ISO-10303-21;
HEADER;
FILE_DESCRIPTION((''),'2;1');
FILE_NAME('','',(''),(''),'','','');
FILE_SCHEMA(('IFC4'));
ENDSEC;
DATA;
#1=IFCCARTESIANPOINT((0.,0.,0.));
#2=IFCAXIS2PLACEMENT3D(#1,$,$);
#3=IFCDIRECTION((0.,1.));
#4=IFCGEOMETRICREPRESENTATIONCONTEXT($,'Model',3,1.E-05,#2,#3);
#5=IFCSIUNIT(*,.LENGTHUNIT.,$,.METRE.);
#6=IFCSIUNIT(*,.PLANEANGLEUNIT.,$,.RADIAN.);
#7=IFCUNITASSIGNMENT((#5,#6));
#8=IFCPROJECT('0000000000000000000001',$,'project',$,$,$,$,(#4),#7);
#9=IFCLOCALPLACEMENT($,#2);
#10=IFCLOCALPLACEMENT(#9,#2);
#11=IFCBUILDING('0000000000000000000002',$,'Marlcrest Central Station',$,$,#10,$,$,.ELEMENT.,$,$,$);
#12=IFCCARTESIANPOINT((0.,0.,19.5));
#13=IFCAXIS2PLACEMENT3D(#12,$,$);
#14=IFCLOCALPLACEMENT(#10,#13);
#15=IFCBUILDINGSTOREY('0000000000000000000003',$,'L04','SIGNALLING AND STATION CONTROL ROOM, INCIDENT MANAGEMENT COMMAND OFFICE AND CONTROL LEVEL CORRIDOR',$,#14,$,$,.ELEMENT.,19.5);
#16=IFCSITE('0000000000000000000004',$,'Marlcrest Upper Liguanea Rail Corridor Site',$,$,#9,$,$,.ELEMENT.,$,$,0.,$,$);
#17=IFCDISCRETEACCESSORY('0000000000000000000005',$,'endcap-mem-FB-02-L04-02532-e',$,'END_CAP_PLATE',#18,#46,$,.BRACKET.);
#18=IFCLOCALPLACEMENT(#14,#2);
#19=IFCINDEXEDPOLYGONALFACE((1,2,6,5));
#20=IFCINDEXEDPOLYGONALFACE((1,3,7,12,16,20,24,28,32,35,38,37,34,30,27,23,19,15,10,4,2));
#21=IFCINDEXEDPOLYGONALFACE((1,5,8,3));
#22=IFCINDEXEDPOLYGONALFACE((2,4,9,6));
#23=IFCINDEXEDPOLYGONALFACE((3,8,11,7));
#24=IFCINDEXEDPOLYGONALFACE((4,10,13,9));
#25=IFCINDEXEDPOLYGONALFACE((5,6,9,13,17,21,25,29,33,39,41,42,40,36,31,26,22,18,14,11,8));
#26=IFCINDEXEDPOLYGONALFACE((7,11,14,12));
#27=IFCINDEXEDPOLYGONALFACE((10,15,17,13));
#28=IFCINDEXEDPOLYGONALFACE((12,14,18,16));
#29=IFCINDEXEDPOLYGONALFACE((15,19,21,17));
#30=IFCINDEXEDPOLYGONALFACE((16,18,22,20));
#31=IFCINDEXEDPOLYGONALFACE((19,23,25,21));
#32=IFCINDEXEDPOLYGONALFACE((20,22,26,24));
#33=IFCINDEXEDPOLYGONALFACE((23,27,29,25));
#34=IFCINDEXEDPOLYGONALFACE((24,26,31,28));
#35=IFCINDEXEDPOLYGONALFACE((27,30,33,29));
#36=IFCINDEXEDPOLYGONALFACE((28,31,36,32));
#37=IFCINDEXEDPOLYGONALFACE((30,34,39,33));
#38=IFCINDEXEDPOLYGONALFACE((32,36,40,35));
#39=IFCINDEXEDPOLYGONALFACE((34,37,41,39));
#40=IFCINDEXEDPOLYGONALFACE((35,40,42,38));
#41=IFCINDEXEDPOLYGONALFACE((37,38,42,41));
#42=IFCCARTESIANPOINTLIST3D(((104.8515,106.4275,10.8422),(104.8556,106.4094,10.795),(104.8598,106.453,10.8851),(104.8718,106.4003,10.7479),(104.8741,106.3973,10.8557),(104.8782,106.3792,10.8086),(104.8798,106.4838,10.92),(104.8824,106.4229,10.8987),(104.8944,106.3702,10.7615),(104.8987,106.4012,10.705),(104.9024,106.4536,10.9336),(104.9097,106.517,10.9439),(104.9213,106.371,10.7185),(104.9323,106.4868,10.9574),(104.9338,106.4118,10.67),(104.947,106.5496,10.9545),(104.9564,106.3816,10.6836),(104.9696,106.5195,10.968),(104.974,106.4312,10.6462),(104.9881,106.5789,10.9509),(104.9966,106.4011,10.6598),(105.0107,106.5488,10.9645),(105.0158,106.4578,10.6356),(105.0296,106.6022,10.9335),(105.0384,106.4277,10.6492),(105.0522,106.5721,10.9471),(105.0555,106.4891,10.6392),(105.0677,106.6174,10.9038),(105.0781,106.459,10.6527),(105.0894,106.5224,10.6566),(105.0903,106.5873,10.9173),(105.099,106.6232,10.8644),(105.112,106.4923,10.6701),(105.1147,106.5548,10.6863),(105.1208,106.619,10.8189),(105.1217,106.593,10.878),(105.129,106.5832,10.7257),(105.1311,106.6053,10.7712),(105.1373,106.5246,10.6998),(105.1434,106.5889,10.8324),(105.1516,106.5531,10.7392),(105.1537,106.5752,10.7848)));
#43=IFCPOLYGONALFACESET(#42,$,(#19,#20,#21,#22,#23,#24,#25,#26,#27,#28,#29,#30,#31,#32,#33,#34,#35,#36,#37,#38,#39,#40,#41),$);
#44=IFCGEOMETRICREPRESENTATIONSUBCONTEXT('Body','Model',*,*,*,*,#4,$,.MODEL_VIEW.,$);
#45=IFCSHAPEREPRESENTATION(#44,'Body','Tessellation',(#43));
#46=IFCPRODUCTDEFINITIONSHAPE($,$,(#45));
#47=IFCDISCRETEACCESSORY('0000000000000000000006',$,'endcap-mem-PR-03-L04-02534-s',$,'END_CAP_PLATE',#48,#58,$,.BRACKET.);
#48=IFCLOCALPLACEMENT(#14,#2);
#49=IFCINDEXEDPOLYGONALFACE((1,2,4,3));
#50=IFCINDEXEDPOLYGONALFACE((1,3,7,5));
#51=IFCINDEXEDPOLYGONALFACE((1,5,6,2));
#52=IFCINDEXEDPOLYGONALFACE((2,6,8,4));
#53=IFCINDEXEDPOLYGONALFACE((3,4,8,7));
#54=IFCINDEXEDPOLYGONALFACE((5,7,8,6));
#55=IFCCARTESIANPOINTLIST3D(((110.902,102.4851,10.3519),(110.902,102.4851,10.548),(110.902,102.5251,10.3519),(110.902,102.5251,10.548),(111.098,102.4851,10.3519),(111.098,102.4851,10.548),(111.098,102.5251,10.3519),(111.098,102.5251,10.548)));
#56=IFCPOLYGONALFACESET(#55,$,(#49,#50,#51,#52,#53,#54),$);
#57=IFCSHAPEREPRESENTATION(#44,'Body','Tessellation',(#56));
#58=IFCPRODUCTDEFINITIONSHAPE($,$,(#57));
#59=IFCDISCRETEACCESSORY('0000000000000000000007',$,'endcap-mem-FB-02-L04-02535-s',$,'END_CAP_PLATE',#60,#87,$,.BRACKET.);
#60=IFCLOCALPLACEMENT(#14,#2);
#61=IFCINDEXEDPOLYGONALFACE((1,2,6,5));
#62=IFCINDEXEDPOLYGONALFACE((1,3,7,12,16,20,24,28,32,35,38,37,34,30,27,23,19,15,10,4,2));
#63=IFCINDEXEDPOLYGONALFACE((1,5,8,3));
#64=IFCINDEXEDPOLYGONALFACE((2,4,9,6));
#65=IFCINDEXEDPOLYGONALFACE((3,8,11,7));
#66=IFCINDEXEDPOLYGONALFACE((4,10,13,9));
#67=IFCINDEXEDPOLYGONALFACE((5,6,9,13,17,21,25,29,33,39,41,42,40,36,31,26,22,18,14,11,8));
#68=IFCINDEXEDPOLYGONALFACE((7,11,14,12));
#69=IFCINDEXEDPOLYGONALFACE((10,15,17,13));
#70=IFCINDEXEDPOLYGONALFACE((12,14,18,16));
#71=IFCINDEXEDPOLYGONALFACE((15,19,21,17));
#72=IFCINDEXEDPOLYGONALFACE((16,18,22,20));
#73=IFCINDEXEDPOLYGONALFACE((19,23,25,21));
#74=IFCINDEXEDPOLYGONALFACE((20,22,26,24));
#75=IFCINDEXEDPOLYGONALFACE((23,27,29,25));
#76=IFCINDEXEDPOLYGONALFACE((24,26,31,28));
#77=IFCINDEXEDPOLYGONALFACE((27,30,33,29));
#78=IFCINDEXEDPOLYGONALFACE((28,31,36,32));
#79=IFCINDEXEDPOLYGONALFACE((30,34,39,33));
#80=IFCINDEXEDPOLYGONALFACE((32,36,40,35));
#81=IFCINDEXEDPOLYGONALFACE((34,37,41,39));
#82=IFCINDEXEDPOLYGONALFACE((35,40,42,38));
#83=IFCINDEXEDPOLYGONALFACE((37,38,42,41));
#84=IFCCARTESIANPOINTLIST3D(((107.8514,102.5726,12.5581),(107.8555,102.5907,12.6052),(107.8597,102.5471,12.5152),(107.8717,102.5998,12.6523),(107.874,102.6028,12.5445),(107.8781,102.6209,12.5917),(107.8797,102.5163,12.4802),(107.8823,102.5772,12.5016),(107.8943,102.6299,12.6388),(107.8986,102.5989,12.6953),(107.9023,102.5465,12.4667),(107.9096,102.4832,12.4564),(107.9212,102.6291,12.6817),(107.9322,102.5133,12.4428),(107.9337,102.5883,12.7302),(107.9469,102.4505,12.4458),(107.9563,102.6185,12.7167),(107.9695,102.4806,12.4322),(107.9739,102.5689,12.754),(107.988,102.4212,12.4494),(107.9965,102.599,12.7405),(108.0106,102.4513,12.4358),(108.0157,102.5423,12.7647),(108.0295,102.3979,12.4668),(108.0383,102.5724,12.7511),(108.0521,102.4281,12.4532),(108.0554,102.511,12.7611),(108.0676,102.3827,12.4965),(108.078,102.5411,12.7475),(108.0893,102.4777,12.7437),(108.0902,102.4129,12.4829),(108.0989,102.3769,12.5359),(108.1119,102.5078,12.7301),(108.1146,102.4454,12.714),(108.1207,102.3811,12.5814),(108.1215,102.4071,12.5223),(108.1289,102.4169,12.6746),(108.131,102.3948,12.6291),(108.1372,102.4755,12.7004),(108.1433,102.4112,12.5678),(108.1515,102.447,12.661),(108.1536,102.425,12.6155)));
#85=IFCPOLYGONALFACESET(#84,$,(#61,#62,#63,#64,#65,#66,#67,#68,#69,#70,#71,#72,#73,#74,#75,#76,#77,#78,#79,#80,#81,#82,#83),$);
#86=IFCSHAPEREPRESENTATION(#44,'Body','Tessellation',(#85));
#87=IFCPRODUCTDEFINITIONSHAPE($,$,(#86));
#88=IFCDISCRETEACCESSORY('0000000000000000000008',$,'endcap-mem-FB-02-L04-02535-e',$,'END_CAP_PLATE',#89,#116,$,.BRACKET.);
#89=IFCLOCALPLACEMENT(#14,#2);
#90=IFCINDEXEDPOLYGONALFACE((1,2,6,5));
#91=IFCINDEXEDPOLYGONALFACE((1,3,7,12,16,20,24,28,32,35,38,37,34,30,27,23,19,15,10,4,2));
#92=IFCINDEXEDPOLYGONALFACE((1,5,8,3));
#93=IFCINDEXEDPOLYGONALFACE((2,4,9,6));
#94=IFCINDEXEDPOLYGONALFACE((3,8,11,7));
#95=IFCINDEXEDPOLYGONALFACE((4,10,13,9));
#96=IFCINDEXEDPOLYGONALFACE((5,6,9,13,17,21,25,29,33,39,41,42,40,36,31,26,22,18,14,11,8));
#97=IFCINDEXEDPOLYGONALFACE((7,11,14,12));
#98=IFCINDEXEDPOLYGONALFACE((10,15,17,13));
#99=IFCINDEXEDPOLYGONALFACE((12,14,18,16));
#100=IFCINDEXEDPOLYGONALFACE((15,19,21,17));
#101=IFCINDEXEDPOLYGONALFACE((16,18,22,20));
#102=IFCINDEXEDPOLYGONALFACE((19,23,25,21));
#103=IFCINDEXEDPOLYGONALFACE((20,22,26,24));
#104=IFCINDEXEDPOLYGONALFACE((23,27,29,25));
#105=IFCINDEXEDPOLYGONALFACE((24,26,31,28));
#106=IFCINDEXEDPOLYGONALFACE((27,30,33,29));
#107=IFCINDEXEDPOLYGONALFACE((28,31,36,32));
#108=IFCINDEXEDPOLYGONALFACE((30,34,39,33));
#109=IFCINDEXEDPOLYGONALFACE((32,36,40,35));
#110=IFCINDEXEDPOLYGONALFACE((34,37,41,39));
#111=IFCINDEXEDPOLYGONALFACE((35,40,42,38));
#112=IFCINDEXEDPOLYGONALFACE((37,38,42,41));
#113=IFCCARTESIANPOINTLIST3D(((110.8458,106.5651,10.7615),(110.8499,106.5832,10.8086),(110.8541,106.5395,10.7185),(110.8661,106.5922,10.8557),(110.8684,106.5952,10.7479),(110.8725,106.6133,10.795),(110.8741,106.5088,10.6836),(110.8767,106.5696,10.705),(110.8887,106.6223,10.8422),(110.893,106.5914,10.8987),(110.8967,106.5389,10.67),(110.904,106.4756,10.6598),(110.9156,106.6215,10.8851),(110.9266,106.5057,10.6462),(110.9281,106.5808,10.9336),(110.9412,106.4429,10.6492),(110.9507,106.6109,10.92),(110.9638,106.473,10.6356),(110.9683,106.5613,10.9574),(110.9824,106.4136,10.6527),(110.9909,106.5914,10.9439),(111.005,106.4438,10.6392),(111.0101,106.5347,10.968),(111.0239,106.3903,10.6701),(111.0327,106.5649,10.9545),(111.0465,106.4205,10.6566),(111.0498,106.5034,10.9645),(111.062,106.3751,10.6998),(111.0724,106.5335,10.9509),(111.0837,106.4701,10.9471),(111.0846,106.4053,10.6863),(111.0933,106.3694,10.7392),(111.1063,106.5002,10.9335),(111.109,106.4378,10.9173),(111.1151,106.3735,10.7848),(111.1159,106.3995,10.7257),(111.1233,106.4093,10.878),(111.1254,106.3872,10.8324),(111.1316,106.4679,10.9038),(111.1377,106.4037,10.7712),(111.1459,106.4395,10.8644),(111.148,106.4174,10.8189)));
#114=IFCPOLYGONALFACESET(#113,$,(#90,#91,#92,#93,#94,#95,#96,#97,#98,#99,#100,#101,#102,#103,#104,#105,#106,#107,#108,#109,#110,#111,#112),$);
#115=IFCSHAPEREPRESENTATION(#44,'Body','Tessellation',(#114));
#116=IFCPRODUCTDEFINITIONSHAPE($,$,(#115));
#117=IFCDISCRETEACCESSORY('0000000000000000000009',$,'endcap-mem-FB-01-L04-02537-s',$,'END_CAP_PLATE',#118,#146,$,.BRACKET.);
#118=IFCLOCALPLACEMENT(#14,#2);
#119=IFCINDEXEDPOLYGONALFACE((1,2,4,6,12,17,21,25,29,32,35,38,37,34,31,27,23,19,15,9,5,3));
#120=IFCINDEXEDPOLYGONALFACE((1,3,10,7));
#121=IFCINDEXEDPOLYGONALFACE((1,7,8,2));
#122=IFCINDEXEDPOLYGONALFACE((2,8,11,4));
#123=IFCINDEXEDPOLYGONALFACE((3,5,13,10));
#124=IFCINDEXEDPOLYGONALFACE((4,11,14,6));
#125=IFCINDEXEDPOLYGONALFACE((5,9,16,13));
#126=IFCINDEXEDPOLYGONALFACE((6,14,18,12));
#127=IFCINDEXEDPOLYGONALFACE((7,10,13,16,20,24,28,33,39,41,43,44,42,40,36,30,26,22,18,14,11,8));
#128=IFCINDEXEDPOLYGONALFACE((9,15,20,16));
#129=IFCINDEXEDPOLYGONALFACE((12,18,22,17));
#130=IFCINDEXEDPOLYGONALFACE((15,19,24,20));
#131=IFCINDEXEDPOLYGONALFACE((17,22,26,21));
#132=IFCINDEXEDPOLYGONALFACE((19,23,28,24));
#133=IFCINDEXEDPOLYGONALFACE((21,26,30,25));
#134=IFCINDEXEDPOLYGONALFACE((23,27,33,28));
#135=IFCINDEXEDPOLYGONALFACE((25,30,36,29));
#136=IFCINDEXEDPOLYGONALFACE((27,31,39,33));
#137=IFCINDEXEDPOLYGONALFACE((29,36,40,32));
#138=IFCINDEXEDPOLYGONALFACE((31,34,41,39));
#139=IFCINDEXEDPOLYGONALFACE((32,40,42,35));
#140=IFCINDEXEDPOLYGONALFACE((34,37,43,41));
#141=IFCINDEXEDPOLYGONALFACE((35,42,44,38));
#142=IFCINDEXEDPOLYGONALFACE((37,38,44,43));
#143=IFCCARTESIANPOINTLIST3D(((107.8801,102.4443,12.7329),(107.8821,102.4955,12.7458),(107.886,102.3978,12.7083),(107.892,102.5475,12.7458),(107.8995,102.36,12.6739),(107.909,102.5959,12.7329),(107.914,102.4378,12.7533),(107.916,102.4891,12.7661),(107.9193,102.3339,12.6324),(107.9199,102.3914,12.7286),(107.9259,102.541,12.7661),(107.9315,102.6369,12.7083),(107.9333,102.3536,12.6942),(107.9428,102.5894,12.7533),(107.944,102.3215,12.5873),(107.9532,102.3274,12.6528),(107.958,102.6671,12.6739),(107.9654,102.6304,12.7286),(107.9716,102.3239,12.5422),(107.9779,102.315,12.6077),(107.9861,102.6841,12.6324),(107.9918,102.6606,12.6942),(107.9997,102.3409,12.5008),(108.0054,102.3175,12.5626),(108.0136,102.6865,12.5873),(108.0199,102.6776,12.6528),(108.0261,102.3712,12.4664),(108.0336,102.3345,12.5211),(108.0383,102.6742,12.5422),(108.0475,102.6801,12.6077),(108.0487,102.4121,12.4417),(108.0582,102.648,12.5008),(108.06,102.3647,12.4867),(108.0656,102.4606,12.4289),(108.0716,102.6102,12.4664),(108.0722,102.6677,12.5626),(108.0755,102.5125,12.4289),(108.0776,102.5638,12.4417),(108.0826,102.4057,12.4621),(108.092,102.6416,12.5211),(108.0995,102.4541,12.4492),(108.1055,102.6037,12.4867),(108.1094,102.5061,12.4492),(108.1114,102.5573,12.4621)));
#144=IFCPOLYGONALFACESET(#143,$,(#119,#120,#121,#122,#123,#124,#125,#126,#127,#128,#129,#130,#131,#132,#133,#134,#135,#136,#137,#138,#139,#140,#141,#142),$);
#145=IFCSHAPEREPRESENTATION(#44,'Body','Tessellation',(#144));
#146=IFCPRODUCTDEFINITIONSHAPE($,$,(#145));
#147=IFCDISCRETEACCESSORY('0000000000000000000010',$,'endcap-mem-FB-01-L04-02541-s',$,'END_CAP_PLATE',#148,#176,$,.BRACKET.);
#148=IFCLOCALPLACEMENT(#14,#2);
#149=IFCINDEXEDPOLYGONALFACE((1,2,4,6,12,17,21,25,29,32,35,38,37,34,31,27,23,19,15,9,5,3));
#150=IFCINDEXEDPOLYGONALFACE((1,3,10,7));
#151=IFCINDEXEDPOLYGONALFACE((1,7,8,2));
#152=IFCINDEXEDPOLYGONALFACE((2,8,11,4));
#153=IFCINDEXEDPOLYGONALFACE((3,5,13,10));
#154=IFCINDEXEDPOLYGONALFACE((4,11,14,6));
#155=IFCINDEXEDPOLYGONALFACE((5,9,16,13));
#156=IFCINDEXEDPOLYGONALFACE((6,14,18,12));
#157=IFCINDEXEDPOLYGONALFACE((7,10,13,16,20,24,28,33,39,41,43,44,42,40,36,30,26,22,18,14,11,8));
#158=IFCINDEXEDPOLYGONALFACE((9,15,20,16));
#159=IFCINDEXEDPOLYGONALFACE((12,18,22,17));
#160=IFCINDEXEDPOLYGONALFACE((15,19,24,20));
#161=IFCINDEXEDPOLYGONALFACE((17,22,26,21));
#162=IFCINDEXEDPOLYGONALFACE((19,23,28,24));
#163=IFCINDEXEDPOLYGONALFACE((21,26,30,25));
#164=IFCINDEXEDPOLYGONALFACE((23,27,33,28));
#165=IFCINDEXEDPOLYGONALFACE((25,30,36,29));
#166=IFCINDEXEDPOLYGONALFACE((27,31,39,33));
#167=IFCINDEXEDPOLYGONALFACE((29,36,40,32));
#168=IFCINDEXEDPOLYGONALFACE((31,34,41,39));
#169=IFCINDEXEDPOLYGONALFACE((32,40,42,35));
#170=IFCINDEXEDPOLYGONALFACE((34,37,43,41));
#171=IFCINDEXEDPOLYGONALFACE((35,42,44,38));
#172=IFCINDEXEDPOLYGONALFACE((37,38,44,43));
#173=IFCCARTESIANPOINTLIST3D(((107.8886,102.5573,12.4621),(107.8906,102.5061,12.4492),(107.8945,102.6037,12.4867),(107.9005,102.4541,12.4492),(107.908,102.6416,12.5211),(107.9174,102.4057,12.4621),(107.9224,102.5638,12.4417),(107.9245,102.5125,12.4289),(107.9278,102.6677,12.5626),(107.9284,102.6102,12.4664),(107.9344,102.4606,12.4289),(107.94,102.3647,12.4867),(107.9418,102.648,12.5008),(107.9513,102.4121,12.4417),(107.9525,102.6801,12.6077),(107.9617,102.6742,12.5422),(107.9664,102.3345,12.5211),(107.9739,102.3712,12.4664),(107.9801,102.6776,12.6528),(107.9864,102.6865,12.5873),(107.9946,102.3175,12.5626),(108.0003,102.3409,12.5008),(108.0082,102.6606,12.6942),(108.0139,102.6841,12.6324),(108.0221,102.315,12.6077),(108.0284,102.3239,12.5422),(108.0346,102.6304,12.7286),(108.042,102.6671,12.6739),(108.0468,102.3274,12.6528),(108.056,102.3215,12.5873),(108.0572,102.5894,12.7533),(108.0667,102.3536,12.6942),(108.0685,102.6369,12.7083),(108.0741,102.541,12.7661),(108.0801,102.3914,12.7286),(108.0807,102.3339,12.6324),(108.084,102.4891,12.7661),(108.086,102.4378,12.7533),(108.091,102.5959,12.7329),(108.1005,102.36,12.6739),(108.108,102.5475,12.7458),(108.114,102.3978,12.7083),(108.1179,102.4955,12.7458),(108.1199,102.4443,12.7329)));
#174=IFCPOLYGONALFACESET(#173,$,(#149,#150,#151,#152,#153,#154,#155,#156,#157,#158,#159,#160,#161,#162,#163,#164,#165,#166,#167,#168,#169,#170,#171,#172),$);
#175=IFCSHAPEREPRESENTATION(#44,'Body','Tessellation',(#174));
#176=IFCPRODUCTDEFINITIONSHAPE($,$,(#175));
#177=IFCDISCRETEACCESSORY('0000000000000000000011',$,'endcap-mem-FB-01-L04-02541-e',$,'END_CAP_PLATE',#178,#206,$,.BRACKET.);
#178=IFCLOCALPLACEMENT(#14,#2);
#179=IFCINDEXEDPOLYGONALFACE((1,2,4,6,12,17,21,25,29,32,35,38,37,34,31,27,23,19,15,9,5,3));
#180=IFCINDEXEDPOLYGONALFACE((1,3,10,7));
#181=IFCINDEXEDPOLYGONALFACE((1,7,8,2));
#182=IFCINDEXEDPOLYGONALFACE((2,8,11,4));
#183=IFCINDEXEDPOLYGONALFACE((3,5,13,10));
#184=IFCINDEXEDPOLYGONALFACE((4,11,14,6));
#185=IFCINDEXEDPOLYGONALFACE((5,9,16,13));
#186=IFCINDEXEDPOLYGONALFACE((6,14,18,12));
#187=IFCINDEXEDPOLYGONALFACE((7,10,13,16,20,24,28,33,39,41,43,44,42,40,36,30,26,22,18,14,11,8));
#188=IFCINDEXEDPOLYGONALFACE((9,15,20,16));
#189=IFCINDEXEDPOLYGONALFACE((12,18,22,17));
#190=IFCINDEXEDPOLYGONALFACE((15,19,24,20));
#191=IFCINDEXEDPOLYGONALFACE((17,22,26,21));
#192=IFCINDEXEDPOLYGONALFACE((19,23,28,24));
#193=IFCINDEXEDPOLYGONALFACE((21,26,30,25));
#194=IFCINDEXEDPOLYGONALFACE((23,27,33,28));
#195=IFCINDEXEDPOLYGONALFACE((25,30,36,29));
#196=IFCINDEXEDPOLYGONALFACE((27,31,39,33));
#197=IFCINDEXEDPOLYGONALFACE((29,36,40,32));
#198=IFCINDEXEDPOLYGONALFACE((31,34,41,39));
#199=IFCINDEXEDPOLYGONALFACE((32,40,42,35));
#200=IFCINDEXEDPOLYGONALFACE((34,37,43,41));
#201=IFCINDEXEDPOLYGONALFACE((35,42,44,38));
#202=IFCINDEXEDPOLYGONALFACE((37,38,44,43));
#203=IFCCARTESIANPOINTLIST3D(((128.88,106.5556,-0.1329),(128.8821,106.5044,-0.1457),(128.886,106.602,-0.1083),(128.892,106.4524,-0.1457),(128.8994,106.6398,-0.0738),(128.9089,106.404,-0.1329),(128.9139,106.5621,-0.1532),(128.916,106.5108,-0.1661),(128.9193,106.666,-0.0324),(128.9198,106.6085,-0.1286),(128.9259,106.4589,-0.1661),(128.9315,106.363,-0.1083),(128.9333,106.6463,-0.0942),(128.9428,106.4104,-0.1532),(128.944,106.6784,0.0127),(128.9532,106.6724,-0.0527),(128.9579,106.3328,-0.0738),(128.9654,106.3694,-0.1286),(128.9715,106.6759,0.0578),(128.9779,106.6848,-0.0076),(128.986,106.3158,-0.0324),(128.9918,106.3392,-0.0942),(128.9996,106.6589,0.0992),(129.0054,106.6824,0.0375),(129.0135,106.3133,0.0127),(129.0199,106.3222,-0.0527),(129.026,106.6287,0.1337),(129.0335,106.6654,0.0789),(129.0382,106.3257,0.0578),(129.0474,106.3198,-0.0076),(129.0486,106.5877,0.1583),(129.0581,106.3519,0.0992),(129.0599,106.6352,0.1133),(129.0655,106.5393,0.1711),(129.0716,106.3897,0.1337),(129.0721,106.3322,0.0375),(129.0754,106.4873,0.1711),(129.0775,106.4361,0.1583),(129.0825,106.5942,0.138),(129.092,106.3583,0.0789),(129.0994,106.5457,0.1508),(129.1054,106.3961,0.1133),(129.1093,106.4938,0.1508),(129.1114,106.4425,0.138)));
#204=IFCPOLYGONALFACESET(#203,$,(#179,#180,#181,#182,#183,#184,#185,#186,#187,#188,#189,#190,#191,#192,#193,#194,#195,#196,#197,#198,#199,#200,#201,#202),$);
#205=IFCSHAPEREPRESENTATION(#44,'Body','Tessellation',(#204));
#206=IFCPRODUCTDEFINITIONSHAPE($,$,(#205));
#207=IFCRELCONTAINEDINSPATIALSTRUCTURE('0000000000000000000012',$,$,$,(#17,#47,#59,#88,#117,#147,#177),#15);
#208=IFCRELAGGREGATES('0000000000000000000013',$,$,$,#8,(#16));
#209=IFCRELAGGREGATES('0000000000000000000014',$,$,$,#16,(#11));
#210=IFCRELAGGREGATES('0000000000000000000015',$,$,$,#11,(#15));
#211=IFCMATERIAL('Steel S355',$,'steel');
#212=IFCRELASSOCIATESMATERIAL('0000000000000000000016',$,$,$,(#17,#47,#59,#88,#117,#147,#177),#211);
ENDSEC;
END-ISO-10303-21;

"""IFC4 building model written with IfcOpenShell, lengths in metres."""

from ifc_helpers import new_model, si_unit, direction, frame, origin, origin_2d, place, context, subcontext, project, spatial, rectangle, circle, extrude, material, element, save


model = new_model("IFC4")

# Units and contexts
model_context = context("Model", 3, precision=1e-05, world=origin(), true_north=direction((0.0, 1.0)))
body_context = subcontext(model_context, "Body", "Model", "MODEL_VIEW")
ifc_project = project(units=[si_unit("LENGTHUNIT", "METRE"), si_unit("PLANEANGLEUNIT", "RADIAN")], contexts=[model_context])

# Site, building, storey
site_placement = place(None, origin())
site = spatial("IfcSite", under=ifc_project, at=site_placement, Name="Marlcrest Upper Liguanea Rail Corridor Site", CompositionType="ELEMENT", RefElevation=0.0)
building_placement = place(site_placement, origin())
building = spatial("IfcBuilding", under=site, at=building_placement, Name="Marlcrest Central Station", CompositionType="ELEMENT")
storey_placement = place(building_placement, frame((0.0, 0.0, 19.5)))
storey = spatial("IfcBuildingStorey", under=building, at=storey_placement, Name="L04", Description="SIGNALLING AND STATION CONTROL ROOM, INCIDENT MANAGEMENT COMMAND OFFICE AND CONTROL LEVEL CORRIDOR", CompositionType="ELEMENT", Elevation=19.5)

# Shared definitions
ifc_material_1 = material(Name="Steel S355", Category="steel")

# Discrete accessories
for number, where, z_axis, x_axis, name in (
    (1, (105.0142, 106.4812, 10.8086), (-0.564531, 0.752708, -0.338728), (-0.8, -0.6, 0.0), "endcap-mem-FB-02-L04-02532-e"),
):
    element("IfcDiscreteAccessory", number, at=place(storey_placement, frame(where, z_axis=z_axis, x_axis=x_axis)), inside=storey, material=ifc_material_1, Name=name, ObjectType="END_CAP_PLATE", PredefinedType="BRACKET", context=body_context, shape_type="SweptSolid", body=[
        extrude(circle(Radius=0.1699, at=origin_2d()), origin(), (0.0, 0.0, 1.0), 0.04),
    ])
discrete_accessory_1_placement = place(storey_placement, frame((111.0, 102.4851, 10.45), z_axis=(0.0, 1.0, 0.0), x_axis=(-1.0, 0.0, 0.0)))
element("IfcDiscreteAccessory", 2, at=discrete_accessory_1_placement, inside=storey, material=ifc_material_1, Name="endcap-mem-PR-03-L04-02534-s", ObjectType="END_CAP_PLATE", PredefinedType="BRACKET", context=body_context, shape_type="SweptSolid", body=[
    extrude(rectangle(XDim=0.196, YDim=0.196, at=origin_2d()), origin(), (0.0, 0.0, 1.0), 0.04),
])
for number, where, z_axis, x_axis, name in (
    (3, (107.9915, 102.4888, 12.6052), (0.564531, 0.752708, -0.338728), (-0.8, 0.6, 0.0), "endcap-mem-FB-02-L04-02535-s"),
    (4, (110.9858, 106.4812, 10.8086), (0.564531, 0.752708, -0.338728), (-0.8, 0.6, 0.0), "endcap-mem-FB-02-L04-02535-e"),
):
    element("IfcDiscreteAccessory", number, at=place(storey_placement, frame(where, z_axis=z_axis, x_axis=x_axis)), inside=storey, material=ifc_material_1, Name=name, ObjectType="END_CAP_PLATE", PredefinedType="BRACKET", context=body_context, shape_type="SweptSolid", body=[
        extrude(circle(Radius=0.1699, at=origin_2d()), origin(), (0.0, 0.0, 1.0), 0.04),
    ])
for number, where, z_axis, x_axis, name in (
    (5, (108.0127, 102.4976, 12.6077), (-0.846277, 0.161196, -0.50777), (-0.187112, -0.982339, 0.0), "endcap-mem-FB-01-L04-02537-s"),
    (6, (107.9873, 102.4976, 12.6077), (0.846277, 0.161196, -0.50777), (-0.187112, 0.982339, 0.0), "endcap-mem-FB-01-L04-02541-s"),
    (7, (128.9788, 106.4958, 0.0127), (0.846277, 0.161196, -0.50777), (-0.187112, 0.982339, 0.0), "endcap-mem-FB-01-L04-02541-e"),
):
    element("IfcDiscreteAccessory", number, at=place(storey_placement, frame(where, z_axis=z_axis, x_axis=x_axis)), inside=storey, material=ifc_material_1, Name=name, ObjectType="END_CAP_PLATE", PredefinedType="BRACKET", context=body_context, shape_type="SweptSolid", body=[
        extrude(circle(Radius=0.1858, at=origin_2d()), origin(), (0.0, 0.0, 1.0), 0.04),
    ])

save(model, "model.ifc")
